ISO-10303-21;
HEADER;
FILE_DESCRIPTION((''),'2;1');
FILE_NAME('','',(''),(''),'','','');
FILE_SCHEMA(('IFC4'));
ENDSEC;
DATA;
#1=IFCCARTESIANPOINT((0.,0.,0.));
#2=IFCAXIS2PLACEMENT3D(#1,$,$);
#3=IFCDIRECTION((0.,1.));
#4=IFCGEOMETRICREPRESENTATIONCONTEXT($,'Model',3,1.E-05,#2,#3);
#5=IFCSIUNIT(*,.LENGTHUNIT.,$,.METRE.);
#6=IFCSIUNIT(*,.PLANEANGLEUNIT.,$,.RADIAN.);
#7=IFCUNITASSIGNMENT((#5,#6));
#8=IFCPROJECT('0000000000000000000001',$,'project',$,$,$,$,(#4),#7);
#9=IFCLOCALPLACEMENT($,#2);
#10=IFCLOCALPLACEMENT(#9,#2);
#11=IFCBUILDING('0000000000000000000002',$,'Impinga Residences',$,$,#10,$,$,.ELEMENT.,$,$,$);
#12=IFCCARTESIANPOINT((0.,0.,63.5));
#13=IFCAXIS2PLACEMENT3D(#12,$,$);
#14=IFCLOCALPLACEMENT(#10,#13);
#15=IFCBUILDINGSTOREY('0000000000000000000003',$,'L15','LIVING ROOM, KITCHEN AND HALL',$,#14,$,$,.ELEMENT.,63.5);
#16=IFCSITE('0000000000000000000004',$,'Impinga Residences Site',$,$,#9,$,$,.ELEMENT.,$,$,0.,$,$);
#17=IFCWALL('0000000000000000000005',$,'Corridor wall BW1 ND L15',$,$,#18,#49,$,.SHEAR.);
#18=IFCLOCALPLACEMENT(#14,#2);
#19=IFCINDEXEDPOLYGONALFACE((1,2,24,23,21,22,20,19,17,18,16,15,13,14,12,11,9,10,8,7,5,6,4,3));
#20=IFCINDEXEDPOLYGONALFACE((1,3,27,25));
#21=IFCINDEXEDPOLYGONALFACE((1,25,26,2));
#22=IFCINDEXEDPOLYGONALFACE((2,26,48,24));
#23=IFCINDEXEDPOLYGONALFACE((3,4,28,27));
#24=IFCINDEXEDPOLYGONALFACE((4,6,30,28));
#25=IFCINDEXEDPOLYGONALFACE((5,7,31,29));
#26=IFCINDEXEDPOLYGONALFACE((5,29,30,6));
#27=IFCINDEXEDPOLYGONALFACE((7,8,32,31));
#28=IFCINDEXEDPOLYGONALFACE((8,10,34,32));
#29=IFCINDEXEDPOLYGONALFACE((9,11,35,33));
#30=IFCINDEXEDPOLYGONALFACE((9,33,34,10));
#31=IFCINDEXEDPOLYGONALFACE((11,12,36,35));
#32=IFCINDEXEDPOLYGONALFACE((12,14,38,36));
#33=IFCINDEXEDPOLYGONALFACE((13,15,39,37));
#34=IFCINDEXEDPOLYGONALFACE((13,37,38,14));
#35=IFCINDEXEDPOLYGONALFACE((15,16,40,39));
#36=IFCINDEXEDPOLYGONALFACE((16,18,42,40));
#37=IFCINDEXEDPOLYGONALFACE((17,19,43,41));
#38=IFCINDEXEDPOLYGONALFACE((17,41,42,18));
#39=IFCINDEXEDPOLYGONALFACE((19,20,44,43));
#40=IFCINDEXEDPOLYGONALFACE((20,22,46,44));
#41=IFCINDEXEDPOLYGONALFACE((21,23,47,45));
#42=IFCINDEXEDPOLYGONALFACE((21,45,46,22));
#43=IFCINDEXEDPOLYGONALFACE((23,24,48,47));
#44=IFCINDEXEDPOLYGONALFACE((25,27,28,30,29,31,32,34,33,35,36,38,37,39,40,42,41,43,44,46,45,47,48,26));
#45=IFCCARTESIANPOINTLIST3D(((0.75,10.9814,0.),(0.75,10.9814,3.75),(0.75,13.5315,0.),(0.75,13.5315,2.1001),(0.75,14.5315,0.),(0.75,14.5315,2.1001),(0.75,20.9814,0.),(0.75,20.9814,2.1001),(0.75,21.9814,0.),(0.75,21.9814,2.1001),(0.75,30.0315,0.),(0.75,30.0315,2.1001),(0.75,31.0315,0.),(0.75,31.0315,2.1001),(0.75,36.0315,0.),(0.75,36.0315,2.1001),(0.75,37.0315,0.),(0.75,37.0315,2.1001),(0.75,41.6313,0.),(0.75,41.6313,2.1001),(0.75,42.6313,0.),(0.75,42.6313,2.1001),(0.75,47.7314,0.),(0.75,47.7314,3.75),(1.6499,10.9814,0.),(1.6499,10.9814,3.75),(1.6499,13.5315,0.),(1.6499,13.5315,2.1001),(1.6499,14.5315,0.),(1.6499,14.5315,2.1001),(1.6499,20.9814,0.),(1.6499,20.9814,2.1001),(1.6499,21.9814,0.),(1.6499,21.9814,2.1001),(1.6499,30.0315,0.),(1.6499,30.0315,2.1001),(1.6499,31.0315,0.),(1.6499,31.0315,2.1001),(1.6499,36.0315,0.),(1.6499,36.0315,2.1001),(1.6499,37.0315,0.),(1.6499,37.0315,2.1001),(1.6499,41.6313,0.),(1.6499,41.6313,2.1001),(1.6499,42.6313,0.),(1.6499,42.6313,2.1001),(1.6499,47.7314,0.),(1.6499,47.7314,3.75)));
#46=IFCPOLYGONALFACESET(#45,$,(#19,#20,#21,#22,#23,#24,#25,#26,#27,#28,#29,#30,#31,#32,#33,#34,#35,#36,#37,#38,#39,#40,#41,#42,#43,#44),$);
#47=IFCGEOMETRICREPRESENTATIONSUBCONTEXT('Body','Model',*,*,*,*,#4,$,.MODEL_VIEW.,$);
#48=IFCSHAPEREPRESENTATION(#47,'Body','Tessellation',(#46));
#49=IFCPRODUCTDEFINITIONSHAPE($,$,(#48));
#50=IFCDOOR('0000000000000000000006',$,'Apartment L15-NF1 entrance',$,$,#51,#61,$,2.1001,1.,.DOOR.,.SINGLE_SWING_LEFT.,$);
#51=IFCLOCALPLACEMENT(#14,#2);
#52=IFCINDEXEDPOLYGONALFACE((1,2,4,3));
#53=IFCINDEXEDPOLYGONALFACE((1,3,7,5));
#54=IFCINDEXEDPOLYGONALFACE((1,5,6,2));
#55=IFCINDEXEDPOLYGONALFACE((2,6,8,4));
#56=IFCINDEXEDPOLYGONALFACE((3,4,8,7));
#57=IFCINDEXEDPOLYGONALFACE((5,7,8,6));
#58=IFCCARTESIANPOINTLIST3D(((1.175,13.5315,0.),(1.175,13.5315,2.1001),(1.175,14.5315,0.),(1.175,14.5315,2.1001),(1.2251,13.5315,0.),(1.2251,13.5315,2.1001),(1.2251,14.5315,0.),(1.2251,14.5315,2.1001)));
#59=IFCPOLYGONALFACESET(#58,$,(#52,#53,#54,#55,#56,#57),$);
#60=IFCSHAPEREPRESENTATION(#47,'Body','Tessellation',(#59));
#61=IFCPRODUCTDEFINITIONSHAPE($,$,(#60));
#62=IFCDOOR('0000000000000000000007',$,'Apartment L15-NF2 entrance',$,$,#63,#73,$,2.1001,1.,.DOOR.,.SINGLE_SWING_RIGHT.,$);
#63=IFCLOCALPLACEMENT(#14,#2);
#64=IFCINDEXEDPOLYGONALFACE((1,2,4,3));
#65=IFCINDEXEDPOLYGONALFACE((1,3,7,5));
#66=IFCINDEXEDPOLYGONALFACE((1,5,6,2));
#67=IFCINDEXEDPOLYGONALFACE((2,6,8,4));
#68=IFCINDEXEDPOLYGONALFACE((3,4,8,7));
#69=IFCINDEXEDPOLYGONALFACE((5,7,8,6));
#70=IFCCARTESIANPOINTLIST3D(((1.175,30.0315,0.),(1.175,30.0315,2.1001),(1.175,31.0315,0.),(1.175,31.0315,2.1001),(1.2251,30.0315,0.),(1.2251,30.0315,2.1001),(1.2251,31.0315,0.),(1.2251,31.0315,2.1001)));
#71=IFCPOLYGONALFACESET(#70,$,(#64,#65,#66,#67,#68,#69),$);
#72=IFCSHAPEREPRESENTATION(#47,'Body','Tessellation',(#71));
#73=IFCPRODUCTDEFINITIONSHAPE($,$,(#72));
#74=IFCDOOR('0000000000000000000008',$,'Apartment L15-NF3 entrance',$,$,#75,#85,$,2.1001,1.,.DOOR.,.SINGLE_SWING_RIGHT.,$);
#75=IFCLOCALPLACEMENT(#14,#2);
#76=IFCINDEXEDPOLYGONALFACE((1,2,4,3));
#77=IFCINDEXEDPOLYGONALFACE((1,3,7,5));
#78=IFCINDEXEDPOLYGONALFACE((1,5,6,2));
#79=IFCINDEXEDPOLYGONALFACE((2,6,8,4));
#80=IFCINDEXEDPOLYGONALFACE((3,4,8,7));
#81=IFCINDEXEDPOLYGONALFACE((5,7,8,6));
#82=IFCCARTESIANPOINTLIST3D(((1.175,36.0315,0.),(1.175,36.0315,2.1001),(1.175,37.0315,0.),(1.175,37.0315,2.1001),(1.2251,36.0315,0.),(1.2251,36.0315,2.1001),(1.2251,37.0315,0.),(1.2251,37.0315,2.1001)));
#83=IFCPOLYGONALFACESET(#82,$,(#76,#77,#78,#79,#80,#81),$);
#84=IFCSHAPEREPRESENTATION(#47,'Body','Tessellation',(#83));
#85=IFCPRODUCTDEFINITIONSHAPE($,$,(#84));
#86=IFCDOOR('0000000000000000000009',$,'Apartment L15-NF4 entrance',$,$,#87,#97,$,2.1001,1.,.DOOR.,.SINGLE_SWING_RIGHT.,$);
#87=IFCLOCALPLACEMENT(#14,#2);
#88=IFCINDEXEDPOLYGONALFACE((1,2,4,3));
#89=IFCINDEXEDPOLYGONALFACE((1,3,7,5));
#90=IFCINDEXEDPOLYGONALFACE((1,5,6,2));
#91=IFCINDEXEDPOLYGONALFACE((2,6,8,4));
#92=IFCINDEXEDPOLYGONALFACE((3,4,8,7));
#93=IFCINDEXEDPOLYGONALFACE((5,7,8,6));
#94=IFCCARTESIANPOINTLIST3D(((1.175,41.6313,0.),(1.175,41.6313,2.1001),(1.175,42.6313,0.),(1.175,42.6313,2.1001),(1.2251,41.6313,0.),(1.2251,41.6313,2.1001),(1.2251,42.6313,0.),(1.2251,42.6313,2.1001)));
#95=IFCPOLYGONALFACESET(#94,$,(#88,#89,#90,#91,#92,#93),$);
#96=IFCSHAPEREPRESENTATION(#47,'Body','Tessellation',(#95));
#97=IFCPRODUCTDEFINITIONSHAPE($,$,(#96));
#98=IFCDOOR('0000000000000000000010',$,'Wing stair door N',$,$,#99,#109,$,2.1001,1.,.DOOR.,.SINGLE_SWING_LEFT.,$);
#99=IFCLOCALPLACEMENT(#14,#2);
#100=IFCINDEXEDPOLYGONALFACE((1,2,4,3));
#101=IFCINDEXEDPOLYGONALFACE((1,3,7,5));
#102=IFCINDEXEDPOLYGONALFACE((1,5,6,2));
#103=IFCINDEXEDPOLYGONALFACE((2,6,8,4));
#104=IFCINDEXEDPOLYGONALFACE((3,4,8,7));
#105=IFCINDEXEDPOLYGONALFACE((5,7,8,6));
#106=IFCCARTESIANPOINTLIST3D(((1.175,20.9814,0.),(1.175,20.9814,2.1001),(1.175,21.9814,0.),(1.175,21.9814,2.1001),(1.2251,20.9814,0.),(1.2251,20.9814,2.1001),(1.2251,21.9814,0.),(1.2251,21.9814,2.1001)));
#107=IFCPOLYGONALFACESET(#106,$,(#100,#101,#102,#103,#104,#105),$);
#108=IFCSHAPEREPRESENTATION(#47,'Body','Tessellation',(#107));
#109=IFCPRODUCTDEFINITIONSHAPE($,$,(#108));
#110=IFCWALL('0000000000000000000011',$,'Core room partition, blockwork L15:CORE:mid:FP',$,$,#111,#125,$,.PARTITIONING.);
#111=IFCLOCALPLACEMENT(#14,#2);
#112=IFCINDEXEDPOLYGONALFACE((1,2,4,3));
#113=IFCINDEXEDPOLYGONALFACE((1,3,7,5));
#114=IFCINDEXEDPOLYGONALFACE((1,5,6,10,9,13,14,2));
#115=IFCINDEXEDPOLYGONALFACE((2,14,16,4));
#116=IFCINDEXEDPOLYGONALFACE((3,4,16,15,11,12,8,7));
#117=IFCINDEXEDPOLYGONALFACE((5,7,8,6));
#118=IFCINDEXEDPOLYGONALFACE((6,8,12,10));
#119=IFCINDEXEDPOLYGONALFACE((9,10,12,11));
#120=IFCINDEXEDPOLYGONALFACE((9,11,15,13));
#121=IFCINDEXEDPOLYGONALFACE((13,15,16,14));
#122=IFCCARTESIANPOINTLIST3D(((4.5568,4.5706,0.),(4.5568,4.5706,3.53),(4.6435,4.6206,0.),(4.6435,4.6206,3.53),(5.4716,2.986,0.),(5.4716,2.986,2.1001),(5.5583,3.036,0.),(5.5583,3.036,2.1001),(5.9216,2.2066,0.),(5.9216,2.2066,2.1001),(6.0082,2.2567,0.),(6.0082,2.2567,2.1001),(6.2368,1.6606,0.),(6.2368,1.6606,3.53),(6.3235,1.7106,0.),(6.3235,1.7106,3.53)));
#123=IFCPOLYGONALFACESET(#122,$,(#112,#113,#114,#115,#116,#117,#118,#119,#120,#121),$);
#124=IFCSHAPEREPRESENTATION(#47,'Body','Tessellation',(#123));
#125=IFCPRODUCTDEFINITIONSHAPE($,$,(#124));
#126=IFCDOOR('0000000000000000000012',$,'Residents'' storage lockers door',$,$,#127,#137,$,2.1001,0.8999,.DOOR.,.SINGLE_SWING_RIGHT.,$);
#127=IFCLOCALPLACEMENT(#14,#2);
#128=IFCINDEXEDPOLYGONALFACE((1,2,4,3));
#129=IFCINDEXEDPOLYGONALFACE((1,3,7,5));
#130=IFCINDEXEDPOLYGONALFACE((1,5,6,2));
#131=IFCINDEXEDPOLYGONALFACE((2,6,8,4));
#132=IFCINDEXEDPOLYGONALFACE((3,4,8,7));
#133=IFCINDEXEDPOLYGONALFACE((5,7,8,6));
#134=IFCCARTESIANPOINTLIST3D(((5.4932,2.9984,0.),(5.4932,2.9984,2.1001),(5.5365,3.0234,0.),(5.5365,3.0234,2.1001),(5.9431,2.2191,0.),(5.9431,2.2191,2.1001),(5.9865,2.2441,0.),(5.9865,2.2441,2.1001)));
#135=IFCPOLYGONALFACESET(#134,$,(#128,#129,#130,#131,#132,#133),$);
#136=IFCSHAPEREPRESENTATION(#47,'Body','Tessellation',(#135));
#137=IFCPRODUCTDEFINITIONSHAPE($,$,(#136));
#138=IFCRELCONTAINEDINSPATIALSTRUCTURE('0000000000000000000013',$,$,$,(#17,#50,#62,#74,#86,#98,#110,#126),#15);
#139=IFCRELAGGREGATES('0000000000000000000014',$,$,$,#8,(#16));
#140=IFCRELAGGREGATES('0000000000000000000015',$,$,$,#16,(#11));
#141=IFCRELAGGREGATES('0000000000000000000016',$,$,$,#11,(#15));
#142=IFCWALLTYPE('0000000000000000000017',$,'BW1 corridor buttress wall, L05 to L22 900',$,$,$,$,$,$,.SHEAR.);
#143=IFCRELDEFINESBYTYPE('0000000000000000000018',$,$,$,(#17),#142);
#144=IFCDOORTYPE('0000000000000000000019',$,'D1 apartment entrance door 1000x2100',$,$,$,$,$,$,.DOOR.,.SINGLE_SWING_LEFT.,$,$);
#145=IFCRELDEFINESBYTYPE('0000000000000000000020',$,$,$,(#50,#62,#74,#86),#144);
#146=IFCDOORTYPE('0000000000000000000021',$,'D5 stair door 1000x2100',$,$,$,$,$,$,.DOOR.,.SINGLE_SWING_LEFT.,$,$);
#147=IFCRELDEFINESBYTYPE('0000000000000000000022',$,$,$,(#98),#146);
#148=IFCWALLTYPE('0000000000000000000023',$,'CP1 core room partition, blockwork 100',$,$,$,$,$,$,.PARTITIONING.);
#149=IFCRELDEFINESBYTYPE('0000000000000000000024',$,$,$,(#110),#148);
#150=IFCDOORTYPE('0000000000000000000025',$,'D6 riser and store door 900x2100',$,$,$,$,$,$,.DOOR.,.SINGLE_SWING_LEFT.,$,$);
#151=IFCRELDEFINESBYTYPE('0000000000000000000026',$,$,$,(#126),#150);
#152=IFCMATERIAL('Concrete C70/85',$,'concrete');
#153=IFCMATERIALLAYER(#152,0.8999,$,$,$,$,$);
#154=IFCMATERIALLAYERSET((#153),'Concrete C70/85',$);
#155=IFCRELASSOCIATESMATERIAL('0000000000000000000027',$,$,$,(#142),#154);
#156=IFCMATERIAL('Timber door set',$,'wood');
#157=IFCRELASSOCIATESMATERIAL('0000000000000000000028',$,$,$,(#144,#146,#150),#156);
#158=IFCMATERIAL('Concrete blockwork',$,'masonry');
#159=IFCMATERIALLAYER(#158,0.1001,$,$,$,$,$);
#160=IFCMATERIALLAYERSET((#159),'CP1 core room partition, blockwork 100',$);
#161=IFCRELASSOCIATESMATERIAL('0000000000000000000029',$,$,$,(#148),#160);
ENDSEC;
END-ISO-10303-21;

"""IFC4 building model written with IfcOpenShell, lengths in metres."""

from ifc_helpers import new_model, si_unit, direction, frame, frame_2d, origin, place, context, subcontext, project, spatial, rectangle, extrude, material, layer, layer_set, type_object, element, fill, save


model = new_model("IFC4")

# Units and contexts
model_context = context("Model", 3, precision=1e-05, world=origin(), true_north=direction((0.0, 1.0)))
body_context = subcontext(model_context, "Body", "Model", "MODEL_VIEW")
ifc_project = project(units=[si_unit("LENGTHUNIT", "METRE"), si_unit("PLANEANGLEUNIT", "RADIAN")], contexts=[model_context])

# Site, building, storey
site_placement = place(None, origin())
site = spatial("IfcSite", under=ifc_project, at=site_placement, Name="Impinga Residences Site", CompositionType="ELEMENT", RefElevation=0.0)
building_placement = place(site_placement, origin())
building = spatial("IfcBuilding", under=site, at=building_placement, Name="Impinga Residences", CompositionType="ELEMENT")
storey_placement = place(building_placement, frame((0.0, 0.0, 63.5)))
storey = spatial("IfcBuildingStorey", under=building, at=storey_placement, Name="L15", Description="LIVING ROOM, KITCHEN AND HALL", CompositionType="ELEMENT", Elevation=63.5)

# Wall, openings, doors
ifc_material_1 = material(Name="Concrete C70/85", Category="concrete")
ifc_layer_1 = layer(ifc_material_1, 0.8999)
ifc_layer_set_1 = layer_set([ifc_layer_1], Name="Concrete C70/85")
wall_type_1 = type_object("IfcWallType", Name="BW1 corridor buttress wall, L05 to L22 900", PredefinedType="SHEAR", material=ifc_layer_set_1)
wall_1_placement = place(storey_placement, frame((1.2, 10.9814, 0.0), z_axis=(0.0, 0.0, 1.0), x_axis=(0.0, 1.0, 0.0)))
wall_1 = element("IfcWall", 1, at=wall_1_placement, inside=storey, type_object=wall_type_1, Name="Corridor wall BW1 ND L15", PredefinedType="SHEAR", context=body_context, shape_type="SweptSolid", body=[
    extrude(rectangle(XDim=36.75, YDim=0.8999, at=frame_2d((18.375, 0.0))), origin(), (0.0, 0.0, 1.0), 3.75),
])
opening_1_placement = place(wall_1_placement, frame((10.0, 0.0, 0.0)))
opening_1 = element("IfcOpeningElement", 2, at=opening_1_placement, cuts=wall_1, PredefinedType="OPENING", context=body_context, shape_type="SweptSolid", body=[
    extrude(rectangle(XDim=1.0, YDim=2.1001, at=frame_2d((0.5, 1.05))), frame((0.0, 0.46, 0.0), z_axis=(0.0, -1.0, 0.0), x_axis=(1.0, 0.0, 0.0)), (0.0, 0.0, 1.0), 0.9199),
])
opening_2_placement = place(wall_1_placement, frame((2.55, 0.0, 0.0)))
opening_2 = element("IfcOpeningElement", 3, at=opening_2_placement, cuts=wall_1, PredefinedType="OPENING", context=body_context, shape_type="SweptSolid", body=[
    extrude(rectangle(XDim=1.0, YDim=2.1001, at=frame_2d((0.5, 1.05))), frame((0.0, 0.46, 0.0), z_axis=(0.0, -1.0, 0.0), x_axis=(1.0, 0.0, 0.0)), (0.0, 0.0, 1.0), 0.9199),
])
opening_3_placement = place(wall_1_placement, frame((19.05, 0.0, 0.0)))
opening_3 = element("IfcOpeningElement", 4, at=opening_3_placement, cuts=wall_1, PredefinedType="OPENING", context=body_context, shape_type="SweptSolid", body=[
    extrude(rectangle(XDim=1.0, YDim=2.1001, at=frame_2d((0.5, 1.05))), frame((0.0, 0.46, 0.0), z_axis=(0.0, -1.0, 0.0), x_axis=(1.0, 0.0, 0.0)), (0.0, 0.0, 1.0), 0.9199),
])
opening_4_placement = place(wall_1_placement, frame((25.05, 0.0, 0.0)))
opening_4 = element("IfcOpeningElement", 5, at=opening_4_placement, cuts=wall_1, PredefinedType="OPENING", context=body_context, shape_type="SweptSolid", body=[
    extrude(rectangle(XDim=1.0, YDim=2.1001, at=frame_2d((0.5, 1.05))), frame((0.0, 0.46, 0.0), z_axis=(0.0, -1.0, 0.0), x_axis=(1.0, 0.0, 0.0)), (0.0, 0.0, 1.0), 0.9199),
])
opening_5_placement = place(wall_1_placement, frame((30.6499, 0.0, 0.0)))
opening_5 = element("IfcOpeningElement", 6, at=opening_5_placement, cuts=wall_1, PredefinedType="OPENING", context=body_context, shape_type="SweptSolid", body=[
    extrude(rectangle(XDim=1.0, YDim=2.1001, at=frame_2d((0.5, 1.05))), frame((0.0, 0.46, 0.0), z_axis=(0.0, -1.0, 0.0), x_axis=(1.0, 0.0, 0.0)), (0.0, 0.0, 1.0), 0.9199),
])
ifc_material_2 = material(Name="Timber door set", Category="wood")
door_type_1 = type_object("IfcDoorType", Name="D1 apartment entrance door 1000x2100", OperationType="SINGLE_SWING_LEFT", PredefinedType="DOOR", material=ifc_material_2)
door_1_placement = place(opening_2_placement, origin())
door_1 = element("IfcDoor", 7, at=door_1_placement, inside=storey, type_object=door_type_1, Name="Apartment L15-NF1 entrance", OperationType="SINGLE_SWING_LEFT", OverallHeight=2.1001, OverallWidth=1.0, PredefinedType="DOOR", context=body_context, shape_type="SweptSolid", body=[
    extrude(rectangle(XDim=1.0, YDim=2.1001, at=frame_2d((0.5, 1.05))), frame((0.0, 0.0249, 0.0), z_axis=(0.0, -1.0, 0.0), x_axis=(1.0, 0.0, 0.0)), (0.0, 0.0, 1.0), 0.05),
])
fill(opening_2, door_1)
door_2_placement = place(opening_3_placement, origin())
door_2 = element("IfcDoor", 8, at=door_2_placement, inside=storey, type_object=door_type_1, Name="Apartment L15-NF2 entrance", OperationType="SINGLE_SWING_RIGHT", OverallHeight=2.1001, OverallWidth=1.0, PredefinedType="DOOR", context=body_context, shape_type="SweptSolid", body=[
    extrude(rectangle(XDim=1.0, YDim=2.1001, at=frame_2d((0.5, 1.05))), frame((0.0, 0.0249, 0.0), z_axis=(0.0, -1.0, 0.0), x_axis=(1.0, 0.0, 0.0)), (0.0, 0.0, 1.0), 0.05),
])
fill(opening_3, door_2)
door_3_placement = place(opening_4_placement, origin())
door_3 = element("IfcDoor", 9, at=door_3_placement, inside=storey, type_object=door_type_1, Name="Apartment L15-NF3 entrance", OperationType="SINGLE_SWING_RIGHT", OverallHeight=2.1001, OverallWidth=1.0, PredefinedType="DOOR", context=body_context, shape_type="SweptSolid", body=[
    extrude(rectangle(XDim=1.0, YDim=2.1001, at=frame_2d((0.5, 1.05))), frame((0.0, 0.0249, 0.0), z_axis=(0.0, -1.0, 0.0), x_axis=(1.0, 0.0, 0.0)), (0.0, 0.0, 1.0), 0.05),
])
fill(opening_4, door_3)
door_4_placement = place(opening_5_placement, origin())
door_4 = element("IfcDoor", 10, at=door_4_placement, inside=storey, type_object=door_type_1, Name="Apartment L15-NF4 entrance", OperationType="SINGLE_SWING_RIGHT", OverallHeight=2.1001, OverallWidth=1.0, PredefinedType="DOOR", context=body_context, shape_type="SweptSolid", body=[
    extrude(rectangle(XDim=1.0, YDim=2.1001, at=frame_2d((0.5, 1.05))), frame((0.0, 0.0249, 0.0), z_axis=(0.0, -1.0, 0.0), x_axis=(1.0, 0.0, 0.0)), (0.0, 0.0, 1.0), 0.05),
])
fill(opening_5, door_4)
door_type_2 = type_object("IfcDoorType", Name="D5 stair door 1000x2100", OperationType="SINGLE_SWING_LEFT", PredefinedType="DOOR", material=ifc_material_2)
door_5_placement = place(opening_1_placement, origin())
door_5 = element("IfcDoor", 11, at=door_5_placement, inside=storey, type_object=door_type_2, Name="Wing stair door N", OperationType="SINGLE_SWING_LEFT", OverallHeight=2.1001, OverallWidth=1.0, PredefinedType="DOOR", context=body_context, shape_type="SweptSolid", body=[
    extrude(rectangle(XDim=1.0, YDim=2.1001, at=frame_2d((0.5, 1.05))), frame((0.0, 0.0249, 0.0), z_axis=(0.0, -1.0, 0.0), x_axis=(1.0, 0.0, 0.0)), (0.0, 0.0, 1.0), 0.05),
])
fill(opening_1, door_5)

# Wall, opening, door
ifc_material_3 = material(Name="Concrete blockwork", Category="masonry")
ifc_layer_2 = layer(ifc_material_3, 0.1001)
ifc_layer_set_2 = layer_set([ifc_layer_2], Name="CP1 core room partition, blockwork 100")
wall_type_2 = type_object("IfcWallType", Name="CP1 core room partition, blockwork 100", PredefinedType="PARTITIONING", material=ifc_layer_set_2)
wall_2_placement = place(storey_placement, frame((4.6001, 4.5957, 0.0), z_axis=(0.0, 0.0, 1.0), x_axis=(0.499976, -0.866039, 0.0)))
wall_2 = element("IfcWall", 12, at=wall_2_placement, inside=storey, type_object=wall_type_2, Name="Core room partition, blockwork L15:CORE:mid:FP", PredefinedType="PARTITIONING", context=body_context, shape_type="SweptSolid", body=[
    extrude(rectangle(XDim=3.3601, YDim=0.1001, at=frame_2d((1.6802, 0.0))), origin(), (0.0, 0.0, 1.0), 3.53),
])
opening_6_placement = place(wall_2_placement, frame((1.8298, 0.0, 0.0)))
opening_6 = element("IfcOpeningElement", 13, at=opening_6_placement, cuts=wall_2, PredefinedType="OPENING", context=body_context, shape_type="SweptSolid", body=[
    extrude(rectangle(XDim=0.8999, YDim=2.1001, at=frame_2d((0.45, 1.05))), frame((0.0, 0.0601, 0.0), z_axis=(0.0, -1.0, 0.0), x_axis=(1.0, 0.0, 0.0)), (0.0, 0.0, 1.0), 0.1201),
])
door_type_3 = type_object("IfcDoorType", Name="D6 riser and store door 900x2100", OperationType="SINGLE_SWING_LEFT", PredefinedType="DOOR", material=ifc_material_2)
door_6_placement = place(opening_6_placement, origin())
door_6 = element("IfcDoor", 14, at=door_6_placement, inside=storey, type_object=door_type_3, Name="Residents' storage lockers door", OperationType="SINGLE_SWING_RIGHT", OverallHeight=2.1001, OverallWidth=0.8999, PredefinedType="DOOR", context=body_context, shape_type="SweptSolid", body=[
    extrude(rectangle(XDim=0.8999, YDim=2.1001, at=frame_2d((0.45, 1.05))), frame((0.0, 0.0249, 0.0), z_axis=(0.0, -1.0, 0.0), x_axis=(1.0, 0.0, 0.0)), (0.0, 0.0, 1.0), 0.05),
])
fill(opening_6, door_6)

save(model, "model.ifc")
